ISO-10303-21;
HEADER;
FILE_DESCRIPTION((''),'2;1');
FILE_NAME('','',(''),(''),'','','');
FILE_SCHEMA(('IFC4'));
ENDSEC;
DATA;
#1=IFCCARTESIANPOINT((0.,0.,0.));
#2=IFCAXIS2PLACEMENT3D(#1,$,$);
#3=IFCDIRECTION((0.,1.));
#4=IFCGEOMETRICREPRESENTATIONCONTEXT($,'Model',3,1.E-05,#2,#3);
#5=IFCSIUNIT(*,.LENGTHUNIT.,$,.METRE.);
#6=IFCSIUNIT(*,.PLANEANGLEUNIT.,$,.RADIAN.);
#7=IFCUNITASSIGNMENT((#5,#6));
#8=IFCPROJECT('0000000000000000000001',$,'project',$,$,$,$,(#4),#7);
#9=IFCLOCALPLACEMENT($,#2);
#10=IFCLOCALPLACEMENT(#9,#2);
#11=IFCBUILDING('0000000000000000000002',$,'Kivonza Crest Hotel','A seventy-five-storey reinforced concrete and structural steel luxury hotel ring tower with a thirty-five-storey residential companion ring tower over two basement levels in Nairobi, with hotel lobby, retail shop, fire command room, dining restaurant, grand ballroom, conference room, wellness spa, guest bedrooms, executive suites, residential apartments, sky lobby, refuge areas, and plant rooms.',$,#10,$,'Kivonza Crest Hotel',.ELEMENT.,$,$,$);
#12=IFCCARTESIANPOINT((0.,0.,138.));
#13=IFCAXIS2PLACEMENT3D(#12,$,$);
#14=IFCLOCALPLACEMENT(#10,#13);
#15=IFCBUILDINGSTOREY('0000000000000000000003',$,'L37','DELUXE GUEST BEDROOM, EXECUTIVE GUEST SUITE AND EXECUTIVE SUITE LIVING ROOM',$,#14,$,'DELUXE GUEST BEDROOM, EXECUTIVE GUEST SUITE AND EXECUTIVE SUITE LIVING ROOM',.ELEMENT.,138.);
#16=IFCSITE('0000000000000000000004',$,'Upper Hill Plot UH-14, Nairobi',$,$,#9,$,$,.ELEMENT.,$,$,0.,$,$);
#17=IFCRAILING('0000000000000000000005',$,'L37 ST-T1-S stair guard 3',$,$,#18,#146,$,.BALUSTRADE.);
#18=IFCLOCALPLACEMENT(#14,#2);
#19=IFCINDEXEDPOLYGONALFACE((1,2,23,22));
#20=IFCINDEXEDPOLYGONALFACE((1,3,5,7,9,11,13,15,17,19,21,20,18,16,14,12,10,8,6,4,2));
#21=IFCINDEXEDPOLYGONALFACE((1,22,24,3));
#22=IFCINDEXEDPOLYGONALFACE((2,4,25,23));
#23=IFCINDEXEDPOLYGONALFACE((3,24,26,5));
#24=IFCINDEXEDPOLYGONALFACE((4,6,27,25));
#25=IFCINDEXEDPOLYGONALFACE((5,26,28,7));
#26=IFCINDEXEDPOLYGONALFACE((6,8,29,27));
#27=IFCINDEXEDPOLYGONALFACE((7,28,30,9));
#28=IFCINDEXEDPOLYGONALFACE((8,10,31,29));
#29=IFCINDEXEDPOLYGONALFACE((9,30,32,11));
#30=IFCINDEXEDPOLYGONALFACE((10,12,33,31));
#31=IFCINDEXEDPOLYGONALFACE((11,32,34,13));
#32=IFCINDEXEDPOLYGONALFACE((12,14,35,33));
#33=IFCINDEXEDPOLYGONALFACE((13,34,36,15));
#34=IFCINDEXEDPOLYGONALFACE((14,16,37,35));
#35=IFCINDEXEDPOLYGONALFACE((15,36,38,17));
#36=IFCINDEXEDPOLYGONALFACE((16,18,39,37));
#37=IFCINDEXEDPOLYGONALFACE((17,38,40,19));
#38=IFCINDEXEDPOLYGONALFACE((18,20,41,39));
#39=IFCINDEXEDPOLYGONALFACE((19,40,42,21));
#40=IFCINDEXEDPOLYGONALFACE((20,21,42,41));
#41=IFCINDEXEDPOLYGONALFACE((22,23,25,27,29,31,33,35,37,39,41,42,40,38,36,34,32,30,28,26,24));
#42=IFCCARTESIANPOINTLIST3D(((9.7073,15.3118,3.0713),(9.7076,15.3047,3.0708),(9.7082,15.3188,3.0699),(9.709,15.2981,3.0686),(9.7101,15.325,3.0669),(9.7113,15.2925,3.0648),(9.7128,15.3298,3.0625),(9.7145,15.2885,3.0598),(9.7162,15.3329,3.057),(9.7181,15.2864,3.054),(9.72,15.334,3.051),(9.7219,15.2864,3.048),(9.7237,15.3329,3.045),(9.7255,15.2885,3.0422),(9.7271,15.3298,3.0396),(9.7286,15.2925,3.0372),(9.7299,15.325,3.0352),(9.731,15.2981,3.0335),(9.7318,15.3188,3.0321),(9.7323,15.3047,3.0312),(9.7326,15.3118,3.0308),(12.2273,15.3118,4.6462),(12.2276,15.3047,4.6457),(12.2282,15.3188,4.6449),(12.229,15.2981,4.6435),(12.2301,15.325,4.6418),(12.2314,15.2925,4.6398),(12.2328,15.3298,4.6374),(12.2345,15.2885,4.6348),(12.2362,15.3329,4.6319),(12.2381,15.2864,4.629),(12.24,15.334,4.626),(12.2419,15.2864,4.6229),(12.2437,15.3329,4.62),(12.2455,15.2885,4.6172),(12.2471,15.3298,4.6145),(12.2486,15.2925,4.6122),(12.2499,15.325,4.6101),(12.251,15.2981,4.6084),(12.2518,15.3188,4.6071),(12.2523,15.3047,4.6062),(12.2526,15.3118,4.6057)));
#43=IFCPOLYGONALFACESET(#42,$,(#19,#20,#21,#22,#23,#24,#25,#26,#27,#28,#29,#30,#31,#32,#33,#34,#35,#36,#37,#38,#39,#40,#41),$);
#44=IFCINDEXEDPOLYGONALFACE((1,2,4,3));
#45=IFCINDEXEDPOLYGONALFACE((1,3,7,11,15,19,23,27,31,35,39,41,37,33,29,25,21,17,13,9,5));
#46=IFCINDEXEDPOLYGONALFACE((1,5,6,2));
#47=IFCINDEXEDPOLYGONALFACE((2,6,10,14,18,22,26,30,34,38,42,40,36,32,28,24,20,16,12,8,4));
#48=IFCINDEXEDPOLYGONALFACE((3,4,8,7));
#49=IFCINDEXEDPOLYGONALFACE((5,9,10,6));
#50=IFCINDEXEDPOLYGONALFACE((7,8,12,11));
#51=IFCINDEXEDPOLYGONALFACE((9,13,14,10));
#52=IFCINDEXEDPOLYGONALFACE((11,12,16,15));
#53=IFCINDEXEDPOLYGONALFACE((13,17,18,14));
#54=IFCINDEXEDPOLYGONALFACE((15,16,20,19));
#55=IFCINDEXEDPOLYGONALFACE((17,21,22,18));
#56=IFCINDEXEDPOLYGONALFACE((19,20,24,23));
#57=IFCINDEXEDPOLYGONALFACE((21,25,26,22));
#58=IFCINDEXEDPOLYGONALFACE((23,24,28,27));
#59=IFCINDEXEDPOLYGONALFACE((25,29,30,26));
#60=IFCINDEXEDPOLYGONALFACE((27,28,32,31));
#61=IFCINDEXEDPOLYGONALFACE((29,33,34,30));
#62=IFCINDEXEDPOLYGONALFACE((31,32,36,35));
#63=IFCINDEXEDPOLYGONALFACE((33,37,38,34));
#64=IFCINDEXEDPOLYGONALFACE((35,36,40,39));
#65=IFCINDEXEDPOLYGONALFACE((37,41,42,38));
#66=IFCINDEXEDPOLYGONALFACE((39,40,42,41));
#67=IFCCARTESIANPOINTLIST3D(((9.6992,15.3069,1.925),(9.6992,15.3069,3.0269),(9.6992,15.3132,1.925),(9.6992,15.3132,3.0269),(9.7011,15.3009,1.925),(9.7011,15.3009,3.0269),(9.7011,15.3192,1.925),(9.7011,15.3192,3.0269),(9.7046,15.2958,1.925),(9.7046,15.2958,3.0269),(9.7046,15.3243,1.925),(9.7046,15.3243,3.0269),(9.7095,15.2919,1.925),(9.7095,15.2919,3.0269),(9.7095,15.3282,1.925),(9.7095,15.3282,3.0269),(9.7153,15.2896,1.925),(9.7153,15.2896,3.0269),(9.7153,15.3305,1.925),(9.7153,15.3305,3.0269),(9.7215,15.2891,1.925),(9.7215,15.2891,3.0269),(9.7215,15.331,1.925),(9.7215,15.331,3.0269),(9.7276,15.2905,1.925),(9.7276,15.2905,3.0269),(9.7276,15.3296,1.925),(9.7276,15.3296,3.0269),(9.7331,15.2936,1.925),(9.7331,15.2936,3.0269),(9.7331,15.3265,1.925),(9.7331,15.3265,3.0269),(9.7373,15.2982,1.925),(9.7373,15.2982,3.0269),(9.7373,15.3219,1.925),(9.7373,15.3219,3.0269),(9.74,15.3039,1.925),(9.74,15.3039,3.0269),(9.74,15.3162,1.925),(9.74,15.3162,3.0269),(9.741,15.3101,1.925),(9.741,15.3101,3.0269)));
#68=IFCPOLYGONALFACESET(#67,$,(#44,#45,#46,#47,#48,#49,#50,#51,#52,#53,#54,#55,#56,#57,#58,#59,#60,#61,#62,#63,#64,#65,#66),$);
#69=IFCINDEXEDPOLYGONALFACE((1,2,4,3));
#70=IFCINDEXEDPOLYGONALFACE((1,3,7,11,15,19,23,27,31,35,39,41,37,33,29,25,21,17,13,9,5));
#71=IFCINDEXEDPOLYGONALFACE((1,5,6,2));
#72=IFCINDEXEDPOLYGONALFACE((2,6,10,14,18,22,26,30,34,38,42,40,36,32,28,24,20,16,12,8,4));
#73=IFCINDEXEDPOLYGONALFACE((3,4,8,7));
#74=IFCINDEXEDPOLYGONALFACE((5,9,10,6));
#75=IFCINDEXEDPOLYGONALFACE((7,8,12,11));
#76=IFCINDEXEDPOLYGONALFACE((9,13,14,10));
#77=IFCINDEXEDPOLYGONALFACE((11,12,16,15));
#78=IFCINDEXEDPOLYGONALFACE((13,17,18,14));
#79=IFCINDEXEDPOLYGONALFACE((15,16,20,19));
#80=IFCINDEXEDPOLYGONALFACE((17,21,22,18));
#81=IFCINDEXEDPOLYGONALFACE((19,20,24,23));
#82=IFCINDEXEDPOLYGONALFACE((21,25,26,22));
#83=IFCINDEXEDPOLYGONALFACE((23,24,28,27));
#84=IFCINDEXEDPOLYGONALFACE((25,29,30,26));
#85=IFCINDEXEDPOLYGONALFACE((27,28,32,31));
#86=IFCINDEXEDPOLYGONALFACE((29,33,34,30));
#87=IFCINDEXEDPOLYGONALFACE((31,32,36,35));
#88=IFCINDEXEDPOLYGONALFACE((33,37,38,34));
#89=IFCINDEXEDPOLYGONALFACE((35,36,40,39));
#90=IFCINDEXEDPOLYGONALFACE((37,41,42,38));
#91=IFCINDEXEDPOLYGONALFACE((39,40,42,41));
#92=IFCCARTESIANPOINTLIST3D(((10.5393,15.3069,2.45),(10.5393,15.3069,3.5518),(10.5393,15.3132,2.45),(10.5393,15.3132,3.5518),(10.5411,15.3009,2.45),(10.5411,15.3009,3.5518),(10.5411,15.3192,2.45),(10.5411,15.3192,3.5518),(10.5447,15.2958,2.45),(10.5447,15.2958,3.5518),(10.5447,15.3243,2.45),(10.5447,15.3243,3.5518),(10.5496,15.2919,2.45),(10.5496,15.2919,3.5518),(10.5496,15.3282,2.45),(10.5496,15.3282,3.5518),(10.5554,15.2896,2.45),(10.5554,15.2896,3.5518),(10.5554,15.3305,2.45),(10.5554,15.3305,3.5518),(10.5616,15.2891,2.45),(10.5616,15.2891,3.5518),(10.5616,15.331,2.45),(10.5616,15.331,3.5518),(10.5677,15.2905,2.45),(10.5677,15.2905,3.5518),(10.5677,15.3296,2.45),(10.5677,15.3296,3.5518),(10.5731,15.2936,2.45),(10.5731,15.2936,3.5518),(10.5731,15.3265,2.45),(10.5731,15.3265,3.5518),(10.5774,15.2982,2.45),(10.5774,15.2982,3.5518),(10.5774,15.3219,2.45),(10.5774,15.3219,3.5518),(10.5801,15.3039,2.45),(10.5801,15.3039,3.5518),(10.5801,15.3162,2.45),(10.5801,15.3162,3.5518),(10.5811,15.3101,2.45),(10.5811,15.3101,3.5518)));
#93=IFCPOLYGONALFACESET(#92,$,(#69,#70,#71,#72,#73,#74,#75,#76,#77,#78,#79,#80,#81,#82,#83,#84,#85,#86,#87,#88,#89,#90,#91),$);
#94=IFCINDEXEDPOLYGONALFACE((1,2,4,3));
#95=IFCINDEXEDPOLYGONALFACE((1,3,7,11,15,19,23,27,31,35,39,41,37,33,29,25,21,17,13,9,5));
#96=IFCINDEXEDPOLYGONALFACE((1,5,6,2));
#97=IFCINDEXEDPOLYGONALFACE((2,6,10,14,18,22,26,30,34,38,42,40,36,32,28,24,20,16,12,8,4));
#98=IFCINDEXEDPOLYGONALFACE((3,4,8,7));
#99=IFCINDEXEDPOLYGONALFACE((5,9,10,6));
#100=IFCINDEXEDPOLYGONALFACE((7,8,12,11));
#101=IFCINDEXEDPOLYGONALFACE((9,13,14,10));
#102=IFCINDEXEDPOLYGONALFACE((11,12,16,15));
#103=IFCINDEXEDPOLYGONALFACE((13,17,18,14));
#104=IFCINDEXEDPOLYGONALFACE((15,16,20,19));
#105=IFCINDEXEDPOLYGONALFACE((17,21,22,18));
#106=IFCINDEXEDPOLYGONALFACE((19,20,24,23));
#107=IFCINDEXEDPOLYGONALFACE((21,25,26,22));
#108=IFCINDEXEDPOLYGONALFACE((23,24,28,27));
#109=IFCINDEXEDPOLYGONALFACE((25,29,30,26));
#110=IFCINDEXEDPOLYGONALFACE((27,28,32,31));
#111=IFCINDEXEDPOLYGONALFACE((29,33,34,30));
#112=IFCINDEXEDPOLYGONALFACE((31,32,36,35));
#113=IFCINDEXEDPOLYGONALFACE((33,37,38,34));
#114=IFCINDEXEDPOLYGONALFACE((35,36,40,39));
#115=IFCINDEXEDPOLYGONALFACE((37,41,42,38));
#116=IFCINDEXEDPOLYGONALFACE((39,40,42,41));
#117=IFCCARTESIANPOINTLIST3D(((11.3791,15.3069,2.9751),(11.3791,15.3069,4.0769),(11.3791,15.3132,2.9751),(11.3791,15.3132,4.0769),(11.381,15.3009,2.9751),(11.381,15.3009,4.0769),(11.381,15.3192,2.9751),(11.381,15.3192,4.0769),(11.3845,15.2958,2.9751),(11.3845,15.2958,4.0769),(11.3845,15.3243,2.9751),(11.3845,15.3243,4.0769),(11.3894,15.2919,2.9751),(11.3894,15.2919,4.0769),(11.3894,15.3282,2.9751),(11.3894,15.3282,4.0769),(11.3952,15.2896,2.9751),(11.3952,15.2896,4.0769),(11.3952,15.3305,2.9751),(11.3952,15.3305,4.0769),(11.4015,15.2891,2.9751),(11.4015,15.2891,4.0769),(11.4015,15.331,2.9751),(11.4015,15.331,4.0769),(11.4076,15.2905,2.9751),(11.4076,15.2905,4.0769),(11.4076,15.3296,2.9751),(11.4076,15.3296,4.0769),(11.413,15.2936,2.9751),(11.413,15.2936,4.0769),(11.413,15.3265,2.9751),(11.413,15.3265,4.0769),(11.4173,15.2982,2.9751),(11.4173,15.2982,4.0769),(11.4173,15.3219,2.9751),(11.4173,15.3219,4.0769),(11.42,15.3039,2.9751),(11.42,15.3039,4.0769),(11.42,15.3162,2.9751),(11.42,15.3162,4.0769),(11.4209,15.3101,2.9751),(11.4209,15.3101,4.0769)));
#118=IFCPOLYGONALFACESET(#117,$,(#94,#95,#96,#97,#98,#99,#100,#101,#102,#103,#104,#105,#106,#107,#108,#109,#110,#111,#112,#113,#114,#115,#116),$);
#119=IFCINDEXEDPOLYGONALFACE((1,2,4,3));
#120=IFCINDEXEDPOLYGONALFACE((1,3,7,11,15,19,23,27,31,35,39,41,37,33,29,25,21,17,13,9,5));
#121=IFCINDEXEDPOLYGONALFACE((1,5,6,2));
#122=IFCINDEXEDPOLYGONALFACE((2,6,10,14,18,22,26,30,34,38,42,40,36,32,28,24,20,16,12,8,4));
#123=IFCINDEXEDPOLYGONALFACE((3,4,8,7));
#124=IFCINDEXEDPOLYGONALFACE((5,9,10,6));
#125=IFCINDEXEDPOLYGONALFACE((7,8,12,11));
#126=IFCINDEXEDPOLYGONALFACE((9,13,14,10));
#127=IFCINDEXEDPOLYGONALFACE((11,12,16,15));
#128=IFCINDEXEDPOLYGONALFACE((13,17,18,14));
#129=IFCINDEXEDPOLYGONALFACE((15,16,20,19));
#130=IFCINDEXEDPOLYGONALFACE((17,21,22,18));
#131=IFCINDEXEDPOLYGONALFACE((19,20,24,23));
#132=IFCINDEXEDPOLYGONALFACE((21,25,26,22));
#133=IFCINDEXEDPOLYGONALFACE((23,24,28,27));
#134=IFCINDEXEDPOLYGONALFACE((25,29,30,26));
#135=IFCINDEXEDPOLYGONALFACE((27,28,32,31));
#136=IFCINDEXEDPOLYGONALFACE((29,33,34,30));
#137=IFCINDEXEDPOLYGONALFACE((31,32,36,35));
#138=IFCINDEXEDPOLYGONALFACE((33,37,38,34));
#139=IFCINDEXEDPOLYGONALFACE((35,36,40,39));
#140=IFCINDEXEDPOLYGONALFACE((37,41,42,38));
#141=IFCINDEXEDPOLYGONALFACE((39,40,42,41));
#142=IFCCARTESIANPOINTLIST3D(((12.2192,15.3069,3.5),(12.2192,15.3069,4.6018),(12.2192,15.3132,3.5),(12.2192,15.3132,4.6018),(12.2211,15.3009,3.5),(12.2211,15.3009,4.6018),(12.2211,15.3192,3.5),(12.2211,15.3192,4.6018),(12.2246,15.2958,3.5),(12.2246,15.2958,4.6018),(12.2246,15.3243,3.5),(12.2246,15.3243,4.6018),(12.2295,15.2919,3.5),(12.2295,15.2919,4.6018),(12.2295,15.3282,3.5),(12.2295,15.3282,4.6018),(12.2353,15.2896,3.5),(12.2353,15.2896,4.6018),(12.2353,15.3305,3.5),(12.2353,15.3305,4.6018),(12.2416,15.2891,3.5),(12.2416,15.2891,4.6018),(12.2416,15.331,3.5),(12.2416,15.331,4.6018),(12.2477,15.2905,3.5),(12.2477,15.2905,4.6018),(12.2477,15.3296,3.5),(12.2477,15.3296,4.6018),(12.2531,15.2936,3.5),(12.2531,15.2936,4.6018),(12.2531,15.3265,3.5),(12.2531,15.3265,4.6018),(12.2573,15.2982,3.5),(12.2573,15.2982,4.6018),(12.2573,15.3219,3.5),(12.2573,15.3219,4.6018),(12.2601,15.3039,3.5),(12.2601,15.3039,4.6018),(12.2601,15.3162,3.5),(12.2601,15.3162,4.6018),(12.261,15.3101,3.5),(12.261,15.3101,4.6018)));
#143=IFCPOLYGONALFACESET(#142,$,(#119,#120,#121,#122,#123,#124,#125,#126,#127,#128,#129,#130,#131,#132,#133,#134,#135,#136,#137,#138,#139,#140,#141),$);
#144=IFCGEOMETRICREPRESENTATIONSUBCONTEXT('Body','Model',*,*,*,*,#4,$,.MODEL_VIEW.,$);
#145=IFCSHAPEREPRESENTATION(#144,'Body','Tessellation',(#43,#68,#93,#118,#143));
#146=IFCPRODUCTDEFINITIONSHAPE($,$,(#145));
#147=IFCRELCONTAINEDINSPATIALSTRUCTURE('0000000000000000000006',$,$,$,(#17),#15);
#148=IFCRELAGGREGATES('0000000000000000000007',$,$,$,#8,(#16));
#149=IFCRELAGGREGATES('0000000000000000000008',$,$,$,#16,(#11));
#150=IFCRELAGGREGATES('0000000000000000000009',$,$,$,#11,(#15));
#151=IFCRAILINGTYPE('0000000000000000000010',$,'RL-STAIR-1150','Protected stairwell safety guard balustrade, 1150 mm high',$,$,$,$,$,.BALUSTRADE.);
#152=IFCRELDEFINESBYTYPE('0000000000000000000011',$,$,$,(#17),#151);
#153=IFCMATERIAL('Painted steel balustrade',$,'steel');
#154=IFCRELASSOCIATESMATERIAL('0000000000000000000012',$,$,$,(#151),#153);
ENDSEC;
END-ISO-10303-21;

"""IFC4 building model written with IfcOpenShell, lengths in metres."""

from ifc_helpers import new_model, si_unit, direction, frame, origin, origin_2d, place, context, subcontext, project, spatial, circle, extrude, material, type_object, element, save


model = new_model("IFC4")

# Units and contexts
model_context = context("Model", 3, precision=1e-05, world=origin(), true_north=direction((0.0, 1.0)))
body_context = subcontext(model_context, "Body", "Model", "MODEL_VIEW")
ifc_project = project(units=[si_unit("LENGTHUNIT", "METRE"), si_unit("PLANEANGLEUNIT", "RADIAN")], contexts=[model_context])

# Site, building, storey
site_placement = place(None, origin())
site = spatial("IfcSite", under=ifc_project, at=site_placement, Name="Upper Hill Plot UH-14, Nairobi", CompositionType="ELEMENT", RefElevation=0.0)
building_placement = place(site_placement, origin())
building = spatial("IfcBuilding", under=site, at=building_placement, Name="Kivonza Crest Hotel", Description="A seventy-five-storey reinforced concrete and structural steel luxury hotel ring tower with a thirty-five-storey residential companion ring tower over two basement levels in Nairobi, with hotel lobby, retail shop, fire command room, dining restaurant, grand ballroom, conference room, wellness spa, guest bedrooms, executive suites, residential apartments, sky lobby, refuge areas, and plant rooms.", LongName="Kivonza Crest Hotel", CompositionType="ELEMENT")
storey_placement = place(building_placement, frame((0.0, 0.0, 138.0)))
storey = spatial("IfcBuildingStorey", under=building, at=storey_placement, Name="L37", Description="DELUXE GUEST BEDROOM, EXECUTIVE GUEST SUITE AND EXECUTIVE SUITE LIVING ROOM", LongName="DELUXE GUEST BEDROOM, EXECUTIVE GUEST SUITE AND EXECUTIVE SUITE LIVING ROOM", CompositionType="ELEMENT", Elevation=138.0)

# Railing
ifc_material_1 = material(Name="Painted steel balustrade", Category="steel")
railing_type_1 = type_object("IfcRailingType", Name="RL-STAIR-1150", Description="Protected stairwell safety guard balustrade, 1150 mm high", PredefinedType="BALUSTRADE", material=ifc_material_1)
railing_1_placement = place(storey_placement, frame((9.72, 15.3101, 1.925)))
element("IfcRailing", 1, at=railing_1_placement, inside=storey, type_object=railing_type_1, Name="L37 ST-T1-S stair guard 3", PredefinedType="BALUSTRADE", context=body_context, shape_type="SweptSolid", body=[
    extrude(circle(Radius=0.0239, at=origin_2d()), frame((0.0, 0.0, 1.126), z_axis=(0.848008, 0.0, 0.529984), x_axis=(0.0, 1.0, 0.0)), (0.0, 0.0, 1.0), 2.9717),
    extrude(circle(Radius=0.021, at=origin_2d()), origin(), (0.0, 0.0, 1.0), 1.1018),
    extrude(circle(Radius=0.021, at=origin_2d()), frame((0.8401, 0.0, 0.5249)), (0.0, 0.0, 1.0), 1.1018),
    extrude(circle(Radius=0.021, at=origin_2d()), frame((1.6799, 0.0, 1.05)), (0.0, 0.0, 1.0), 1.1018),
    extrude(circle(Radius=0.021, at=origin_2d()), frame((2.52, 0.0, 1.575)), (0.0, 0.0, 1.0), 1.1018),
])

save(model, "model.ifc")
